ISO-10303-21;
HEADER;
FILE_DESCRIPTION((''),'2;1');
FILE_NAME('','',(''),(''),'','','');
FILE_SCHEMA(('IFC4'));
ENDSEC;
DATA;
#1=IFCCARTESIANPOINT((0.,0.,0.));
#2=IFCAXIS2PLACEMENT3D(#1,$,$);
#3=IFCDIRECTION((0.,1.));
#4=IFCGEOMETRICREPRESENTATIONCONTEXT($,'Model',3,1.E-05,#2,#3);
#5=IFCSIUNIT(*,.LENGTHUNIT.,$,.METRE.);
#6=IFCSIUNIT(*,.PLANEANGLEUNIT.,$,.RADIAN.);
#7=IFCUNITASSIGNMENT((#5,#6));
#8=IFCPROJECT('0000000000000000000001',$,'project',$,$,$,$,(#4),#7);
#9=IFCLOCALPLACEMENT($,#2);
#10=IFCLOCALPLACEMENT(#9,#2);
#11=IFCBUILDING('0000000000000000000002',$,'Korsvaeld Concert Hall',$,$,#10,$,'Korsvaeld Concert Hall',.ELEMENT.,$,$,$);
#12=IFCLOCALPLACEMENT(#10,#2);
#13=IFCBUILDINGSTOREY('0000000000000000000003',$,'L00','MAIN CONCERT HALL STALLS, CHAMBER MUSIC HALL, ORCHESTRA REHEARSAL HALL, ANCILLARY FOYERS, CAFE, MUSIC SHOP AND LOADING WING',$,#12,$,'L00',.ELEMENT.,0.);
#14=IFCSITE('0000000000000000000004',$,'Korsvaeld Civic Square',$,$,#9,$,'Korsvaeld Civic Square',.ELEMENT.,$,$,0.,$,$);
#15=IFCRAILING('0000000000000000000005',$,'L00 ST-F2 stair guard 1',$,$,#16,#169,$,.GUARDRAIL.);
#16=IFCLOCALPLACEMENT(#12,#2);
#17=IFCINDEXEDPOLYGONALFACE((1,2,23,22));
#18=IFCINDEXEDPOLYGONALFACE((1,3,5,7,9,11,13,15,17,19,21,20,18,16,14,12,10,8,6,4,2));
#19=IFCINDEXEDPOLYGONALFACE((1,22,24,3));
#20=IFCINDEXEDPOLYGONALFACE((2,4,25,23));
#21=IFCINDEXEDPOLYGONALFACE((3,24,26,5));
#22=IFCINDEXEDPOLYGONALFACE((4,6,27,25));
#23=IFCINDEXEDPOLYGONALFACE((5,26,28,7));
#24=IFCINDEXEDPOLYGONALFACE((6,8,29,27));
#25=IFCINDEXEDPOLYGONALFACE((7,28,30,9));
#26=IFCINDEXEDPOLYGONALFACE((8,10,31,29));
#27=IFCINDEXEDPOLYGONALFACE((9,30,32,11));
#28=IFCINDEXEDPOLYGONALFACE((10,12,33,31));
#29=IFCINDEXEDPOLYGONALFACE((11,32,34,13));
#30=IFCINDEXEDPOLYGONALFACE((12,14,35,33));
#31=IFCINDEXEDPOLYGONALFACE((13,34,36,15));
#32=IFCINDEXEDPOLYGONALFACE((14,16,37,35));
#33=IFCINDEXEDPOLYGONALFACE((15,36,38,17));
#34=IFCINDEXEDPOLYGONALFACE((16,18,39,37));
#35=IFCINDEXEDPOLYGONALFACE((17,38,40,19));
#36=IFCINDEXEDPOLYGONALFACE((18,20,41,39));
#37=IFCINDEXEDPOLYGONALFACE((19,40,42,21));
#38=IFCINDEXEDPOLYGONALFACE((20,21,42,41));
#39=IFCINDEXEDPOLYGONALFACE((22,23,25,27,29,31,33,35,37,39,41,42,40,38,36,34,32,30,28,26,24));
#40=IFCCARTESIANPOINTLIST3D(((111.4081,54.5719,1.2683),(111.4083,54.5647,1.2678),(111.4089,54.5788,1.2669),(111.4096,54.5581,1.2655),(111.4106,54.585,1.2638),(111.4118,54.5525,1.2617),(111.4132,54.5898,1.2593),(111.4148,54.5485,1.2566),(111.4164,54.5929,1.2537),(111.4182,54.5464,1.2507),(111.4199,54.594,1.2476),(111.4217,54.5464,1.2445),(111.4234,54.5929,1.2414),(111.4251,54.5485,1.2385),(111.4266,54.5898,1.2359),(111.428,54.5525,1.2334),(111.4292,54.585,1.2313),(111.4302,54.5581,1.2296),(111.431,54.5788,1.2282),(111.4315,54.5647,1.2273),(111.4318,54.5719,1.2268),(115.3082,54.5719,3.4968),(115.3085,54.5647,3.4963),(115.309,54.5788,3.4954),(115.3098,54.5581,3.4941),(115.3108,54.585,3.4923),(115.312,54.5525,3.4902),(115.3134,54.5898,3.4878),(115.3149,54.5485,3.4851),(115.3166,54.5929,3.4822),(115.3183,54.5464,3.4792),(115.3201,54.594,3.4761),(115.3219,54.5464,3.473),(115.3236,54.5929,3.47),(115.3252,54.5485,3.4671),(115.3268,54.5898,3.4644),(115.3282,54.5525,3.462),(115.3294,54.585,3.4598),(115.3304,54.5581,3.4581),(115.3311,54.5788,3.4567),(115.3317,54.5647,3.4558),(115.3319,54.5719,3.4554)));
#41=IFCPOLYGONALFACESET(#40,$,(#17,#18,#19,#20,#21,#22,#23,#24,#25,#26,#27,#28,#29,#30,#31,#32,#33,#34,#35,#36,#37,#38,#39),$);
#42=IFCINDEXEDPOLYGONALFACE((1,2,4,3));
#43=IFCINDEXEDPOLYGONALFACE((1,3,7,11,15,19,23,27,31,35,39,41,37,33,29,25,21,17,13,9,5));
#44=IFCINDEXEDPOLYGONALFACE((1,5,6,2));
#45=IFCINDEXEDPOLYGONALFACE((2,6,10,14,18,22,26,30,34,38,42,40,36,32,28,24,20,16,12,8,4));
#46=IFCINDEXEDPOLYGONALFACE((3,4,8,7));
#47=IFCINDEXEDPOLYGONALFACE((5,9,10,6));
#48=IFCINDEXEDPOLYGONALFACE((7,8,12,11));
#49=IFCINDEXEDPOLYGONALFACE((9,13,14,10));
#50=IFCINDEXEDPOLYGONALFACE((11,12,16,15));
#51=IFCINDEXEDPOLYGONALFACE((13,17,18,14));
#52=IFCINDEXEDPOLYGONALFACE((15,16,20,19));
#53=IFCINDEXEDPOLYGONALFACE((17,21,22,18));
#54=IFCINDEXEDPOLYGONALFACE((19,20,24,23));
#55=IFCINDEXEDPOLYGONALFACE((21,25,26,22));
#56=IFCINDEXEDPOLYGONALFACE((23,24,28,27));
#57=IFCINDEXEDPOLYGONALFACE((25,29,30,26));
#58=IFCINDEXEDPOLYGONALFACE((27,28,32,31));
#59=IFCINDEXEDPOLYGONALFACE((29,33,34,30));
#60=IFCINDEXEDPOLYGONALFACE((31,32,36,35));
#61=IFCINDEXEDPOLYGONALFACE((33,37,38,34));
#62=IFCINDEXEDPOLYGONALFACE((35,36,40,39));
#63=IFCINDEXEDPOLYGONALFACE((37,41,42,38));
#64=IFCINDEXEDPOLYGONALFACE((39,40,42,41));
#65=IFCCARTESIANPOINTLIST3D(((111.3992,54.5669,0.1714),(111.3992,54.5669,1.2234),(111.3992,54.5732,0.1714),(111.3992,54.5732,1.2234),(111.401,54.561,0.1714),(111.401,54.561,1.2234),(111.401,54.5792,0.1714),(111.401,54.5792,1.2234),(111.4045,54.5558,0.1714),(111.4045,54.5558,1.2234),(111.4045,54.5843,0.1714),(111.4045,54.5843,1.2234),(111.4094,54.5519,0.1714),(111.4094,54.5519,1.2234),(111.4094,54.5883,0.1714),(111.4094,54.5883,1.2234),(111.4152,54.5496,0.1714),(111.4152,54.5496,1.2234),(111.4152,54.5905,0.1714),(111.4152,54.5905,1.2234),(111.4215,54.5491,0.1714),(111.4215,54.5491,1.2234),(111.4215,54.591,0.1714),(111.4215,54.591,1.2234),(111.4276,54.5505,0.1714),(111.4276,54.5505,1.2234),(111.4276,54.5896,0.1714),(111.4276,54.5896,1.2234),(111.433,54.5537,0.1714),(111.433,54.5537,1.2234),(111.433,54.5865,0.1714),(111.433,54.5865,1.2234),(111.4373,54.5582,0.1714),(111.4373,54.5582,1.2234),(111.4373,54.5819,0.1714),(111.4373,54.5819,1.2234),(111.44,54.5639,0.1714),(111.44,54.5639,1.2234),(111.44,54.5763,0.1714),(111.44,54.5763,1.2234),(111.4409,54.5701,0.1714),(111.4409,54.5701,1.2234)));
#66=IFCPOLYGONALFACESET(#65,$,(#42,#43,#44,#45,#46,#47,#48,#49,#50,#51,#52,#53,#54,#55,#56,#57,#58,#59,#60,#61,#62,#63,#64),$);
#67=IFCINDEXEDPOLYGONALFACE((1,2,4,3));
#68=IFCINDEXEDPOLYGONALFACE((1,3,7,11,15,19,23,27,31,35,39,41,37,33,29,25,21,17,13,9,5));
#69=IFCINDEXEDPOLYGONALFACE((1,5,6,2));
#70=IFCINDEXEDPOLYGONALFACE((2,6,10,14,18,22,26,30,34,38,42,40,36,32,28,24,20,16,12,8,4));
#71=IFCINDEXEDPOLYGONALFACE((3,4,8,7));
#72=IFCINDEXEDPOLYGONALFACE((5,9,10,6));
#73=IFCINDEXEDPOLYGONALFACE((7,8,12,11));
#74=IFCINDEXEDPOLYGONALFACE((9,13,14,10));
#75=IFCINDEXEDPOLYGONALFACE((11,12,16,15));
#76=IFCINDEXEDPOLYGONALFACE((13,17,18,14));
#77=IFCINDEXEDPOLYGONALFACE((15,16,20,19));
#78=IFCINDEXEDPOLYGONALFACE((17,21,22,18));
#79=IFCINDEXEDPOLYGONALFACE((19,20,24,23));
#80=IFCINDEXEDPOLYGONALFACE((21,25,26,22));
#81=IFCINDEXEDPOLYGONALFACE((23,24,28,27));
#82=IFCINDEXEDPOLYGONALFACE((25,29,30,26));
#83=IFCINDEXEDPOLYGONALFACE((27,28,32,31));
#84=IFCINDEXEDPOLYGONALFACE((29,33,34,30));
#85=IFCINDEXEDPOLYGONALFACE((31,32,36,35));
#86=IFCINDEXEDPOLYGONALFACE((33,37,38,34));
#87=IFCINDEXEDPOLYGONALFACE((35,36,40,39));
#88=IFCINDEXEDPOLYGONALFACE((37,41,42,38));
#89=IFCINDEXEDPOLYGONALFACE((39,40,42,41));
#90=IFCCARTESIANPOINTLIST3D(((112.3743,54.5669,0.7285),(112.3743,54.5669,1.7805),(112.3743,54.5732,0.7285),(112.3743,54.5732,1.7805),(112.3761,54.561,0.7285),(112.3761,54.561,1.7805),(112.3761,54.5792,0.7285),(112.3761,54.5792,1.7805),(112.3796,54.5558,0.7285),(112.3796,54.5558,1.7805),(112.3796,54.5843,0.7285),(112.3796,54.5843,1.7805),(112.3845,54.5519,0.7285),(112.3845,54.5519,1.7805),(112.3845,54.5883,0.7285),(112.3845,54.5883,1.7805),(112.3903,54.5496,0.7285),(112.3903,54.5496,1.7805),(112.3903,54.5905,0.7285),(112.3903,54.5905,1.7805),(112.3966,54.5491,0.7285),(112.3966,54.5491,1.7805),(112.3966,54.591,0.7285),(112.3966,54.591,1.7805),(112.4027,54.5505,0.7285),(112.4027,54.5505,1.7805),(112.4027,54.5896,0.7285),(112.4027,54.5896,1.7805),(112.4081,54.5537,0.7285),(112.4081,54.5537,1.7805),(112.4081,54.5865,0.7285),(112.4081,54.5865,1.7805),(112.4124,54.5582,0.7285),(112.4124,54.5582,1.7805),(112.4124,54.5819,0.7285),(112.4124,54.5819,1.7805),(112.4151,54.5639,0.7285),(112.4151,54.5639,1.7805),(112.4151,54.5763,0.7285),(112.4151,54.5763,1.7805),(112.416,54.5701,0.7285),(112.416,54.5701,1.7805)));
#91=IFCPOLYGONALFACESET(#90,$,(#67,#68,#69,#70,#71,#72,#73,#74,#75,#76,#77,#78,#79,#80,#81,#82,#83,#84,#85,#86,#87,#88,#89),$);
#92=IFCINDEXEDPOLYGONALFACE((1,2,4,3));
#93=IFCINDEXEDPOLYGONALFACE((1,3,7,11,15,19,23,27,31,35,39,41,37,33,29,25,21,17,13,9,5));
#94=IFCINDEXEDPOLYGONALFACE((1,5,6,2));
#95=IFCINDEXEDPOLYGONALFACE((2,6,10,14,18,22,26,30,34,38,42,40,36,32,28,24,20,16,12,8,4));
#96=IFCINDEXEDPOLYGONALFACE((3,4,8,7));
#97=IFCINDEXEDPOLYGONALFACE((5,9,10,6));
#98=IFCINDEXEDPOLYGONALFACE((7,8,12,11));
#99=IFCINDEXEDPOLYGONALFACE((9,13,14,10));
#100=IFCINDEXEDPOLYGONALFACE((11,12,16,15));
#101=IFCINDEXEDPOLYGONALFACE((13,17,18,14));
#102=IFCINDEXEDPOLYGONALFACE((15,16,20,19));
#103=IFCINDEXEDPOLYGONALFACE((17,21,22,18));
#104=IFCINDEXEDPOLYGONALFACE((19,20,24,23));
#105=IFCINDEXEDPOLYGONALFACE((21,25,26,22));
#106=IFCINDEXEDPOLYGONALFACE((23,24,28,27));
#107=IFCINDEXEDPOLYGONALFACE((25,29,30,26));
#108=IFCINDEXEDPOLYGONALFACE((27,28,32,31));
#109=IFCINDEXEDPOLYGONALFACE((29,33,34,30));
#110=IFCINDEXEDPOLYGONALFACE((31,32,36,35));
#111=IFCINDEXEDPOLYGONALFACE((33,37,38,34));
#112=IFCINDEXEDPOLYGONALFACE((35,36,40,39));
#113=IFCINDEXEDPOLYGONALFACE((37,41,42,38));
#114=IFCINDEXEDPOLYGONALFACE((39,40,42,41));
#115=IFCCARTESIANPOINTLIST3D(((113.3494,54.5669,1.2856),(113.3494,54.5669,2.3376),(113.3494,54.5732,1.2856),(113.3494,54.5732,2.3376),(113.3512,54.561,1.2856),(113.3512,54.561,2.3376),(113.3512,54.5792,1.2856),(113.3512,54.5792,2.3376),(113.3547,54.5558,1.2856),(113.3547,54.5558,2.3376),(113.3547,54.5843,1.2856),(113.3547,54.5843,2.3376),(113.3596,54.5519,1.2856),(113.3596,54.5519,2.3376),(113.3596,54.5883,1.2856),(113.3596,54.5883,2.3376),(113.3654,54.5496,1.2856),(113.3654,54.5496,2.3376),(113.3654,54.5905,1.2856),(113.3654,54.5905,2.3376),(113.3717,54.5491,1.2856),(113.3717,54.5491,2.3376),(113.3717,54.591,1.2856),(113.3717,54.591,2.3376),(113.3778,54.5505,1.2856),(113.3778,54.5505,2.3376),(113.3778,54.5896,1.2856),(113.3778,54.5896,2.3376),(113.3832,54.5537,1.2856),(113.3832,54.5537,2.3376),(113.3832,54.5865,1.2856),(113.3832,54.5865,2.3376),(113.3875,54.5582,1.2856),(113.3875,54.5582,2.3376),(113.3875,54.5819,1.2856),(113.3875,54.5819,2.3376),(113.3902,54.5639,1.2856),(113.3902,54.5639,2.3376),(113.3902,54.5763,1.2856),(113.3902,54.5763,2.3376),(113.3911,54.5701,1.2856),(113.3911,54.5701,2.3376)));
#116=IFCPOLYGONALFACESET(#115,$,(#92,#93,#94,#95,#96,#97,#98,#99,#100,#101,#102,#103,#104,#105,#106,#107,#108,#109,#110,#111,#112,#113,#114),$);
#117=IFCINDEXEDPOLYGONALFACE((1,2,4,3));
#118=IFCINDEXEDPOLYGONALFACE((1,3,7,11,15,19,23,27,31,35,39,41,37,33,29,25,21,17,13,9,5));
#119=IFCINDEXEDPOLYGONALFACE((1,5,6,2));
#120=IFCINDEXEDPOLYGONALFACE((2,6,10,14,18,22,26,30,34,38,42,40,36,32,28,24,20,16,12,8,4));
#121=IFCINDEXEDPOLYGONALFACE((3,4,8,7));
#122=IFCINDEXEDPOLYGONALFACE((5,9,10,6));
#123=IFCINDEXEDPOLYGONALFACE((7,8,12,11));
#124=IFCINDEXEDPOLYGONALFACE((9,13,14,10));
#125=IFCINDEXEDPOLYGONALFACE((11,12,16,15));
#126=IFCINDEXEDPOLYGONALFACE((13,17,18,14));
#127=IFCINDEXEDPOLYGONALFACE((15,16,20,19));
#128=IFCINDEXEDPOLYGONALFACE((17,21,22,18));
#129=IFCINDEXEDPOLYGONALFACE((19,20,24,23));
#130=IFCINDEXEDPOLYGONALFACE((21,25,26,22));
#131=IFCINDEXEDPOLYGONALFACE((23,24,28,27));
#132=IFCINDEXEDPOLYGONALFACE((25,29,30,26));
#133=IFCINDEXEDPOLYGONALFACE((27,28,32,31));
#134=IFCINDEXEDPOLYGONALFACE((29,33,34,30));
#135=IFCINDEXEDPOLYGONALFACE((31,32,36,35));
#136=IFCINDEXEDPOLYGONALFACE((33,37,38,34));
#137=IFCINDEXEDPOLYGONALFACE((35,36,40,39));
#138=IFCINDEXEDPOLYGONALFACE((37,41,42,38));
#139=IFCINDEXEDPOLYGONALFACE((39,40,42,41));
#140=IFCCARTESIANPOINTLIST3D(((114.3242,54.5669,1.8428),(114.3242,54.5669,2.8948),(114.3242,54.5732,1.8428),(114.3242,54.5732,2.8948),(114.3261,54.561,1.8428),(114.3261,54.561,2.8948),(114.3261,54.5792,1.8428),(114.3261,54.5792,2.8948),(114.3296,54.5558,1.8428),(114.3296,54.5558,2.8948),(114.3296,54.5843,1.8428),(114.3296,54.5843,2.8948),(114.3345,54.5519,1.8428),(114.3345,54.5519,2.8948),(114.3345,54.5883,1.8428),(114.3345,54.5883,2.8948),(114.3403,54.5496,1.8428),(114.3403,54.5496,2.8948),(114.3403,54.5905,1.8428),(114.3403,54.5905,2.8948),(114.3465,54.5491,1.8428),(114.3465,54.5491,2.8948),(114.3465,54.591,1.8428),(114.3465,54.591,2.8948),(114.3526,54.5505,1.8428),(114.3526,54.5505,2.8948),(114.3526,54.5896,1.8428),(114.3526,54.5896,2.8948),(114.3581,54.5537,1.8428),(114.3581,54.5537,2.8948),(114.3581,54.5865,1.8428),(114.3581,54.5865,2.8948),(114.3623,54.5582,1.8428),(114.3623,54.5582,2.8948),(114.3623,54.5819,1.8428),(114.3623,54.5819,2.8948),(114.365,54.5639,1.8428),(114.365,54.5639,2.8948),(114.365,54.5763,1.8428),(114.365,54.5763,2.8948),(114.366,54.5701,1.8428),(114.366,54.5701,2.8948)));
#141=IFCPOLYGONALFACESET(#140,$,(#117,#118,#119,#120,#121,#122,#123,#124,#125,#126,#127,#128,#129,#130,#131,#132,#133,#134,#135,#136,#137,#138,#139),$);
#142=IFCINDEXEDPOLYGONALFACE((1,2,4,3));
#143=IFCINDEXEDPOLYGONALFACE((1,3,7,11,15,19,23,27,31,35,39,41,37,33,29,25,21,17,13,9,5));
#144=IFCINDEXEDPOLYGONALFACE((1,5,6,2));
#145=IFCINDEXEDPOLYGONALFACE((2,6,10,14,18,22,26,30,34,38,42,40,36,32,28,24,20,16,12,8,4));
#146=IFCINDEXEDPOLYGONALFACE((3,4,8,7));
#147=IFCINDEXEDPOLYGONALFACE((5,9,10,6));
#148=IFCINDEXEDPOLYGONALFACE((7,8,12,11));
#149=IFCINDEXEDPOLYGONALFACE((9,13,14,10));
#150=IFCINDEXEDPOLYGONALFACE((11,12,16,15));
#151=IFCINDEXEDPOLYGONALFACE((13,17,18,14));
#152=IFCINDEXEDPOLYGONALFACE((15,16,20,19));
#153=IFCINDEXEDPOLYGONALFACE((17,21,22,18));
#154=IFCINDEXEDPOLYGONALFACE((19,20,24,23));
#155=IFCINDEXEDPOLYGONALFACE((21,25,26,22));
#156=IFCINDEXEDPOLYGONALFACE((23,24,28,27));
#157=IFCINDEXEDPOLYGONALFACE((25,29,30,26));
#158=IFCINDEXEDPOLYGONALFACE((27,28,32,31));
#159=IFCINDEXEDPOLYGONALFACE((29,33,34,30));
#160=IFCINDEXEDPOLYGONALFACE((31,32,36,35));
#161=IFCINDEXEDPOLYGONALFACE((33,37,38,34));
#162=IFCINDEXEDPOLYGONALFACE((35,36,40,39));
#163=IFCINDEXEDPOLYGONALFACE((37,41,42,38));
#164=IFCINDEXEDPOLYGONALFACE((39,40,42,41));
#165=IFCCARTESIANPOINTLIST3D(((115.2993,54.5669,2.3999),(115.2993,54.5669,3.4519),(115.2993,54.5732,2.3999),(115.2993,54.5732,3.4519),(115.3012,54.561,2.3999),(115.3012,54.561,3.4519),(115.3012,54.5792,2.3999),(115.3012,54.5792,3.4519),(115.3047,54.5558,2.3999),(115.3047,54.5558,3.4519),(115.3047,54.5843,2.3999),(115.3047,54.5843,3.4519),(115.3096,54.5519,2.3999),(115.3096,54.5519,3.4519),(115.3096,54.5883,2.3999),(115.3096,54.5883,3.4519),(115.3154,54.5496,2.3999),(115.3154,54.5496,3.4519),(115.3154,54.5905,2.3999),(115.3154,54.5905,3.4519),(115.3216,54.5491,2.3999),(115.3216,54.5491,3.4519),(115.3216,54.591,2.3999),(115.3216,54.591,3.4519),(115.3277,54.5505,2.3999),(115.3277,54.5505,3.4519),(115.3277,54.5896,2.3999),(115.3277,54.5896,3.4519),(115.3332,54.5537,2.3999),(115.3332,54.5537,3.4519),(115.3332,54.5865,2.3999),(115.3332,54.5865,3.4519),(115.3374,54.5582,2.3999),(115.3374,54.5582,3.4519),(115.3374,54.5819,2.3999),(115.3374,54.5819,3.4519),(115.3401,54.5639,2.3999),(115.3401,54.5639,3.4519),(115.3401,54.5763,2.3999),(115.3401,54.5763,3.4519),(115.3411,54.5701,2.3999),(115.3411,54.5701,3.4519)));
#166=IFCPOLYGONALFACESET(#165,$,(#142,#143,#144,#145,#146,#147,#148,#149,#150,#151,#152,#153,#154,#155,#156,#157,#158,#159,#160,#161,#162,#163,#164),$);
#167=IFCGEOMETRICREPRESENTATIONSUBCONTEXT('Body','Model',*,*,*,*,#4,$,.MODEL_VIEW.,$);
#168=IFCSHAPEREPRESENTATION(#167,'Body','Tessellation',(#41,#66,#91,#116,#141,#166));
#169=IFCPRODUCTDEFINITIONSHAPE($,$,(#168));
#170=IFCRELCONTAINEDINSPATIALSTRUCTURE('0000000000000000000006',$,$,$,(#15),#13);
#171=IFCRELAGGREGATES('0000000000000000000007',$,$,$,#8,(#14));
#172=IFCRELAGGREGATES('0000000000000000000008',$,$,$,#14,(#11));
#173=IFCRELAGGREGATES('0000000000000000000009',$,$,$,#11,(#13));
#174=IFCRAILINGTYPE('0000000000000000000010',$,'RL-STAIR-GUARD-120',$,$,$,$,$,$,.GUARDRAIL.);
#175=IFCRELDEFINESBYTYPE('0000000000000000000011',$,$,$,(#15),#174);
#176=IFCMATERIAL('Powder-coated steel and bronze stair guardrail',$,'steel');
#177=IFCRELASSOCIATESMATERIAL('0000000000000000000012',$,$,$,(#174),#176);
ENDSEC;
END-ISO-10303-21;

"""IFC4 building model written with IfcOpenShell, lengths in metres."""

from ifc_helpers import new_model, si_unit, direction, frame, origin, origin_2d, place, context, subcontext, project, spatial, circle, extrude, material, type_object, element, save


model = new_model("IFC4")

# Units and contexts
model_context = context("Model", 3, precision=1e-05, world=origin(), true_north=direction((0.0, 1.0)))
body_context = subcontext(model_context, "Body", "Model", "MODEL_VIEW")
ifc_project = project(units=[si_unit("LENGTHUNIT", "METRE"), si_unit("PLANEANGLEUNIT", "RADIAN")], contexts=[model_context])

# Site, building, storey
site_placement = place(None, origin())
site = spatial("IfcSite", under=ifc_project, at=site_placement, Name="Korsvaeld Civic Square", LongName="Korsvaeld Civic Square", CompositionType="ELEMENT", RefElevation=0.0)
building_placement = place(site_placement, origin())
building = spatial("IfcBuilding", under=site, at=building_placement, Name="Korsvaeld Concert Hall", LongName="Korsvaeld Concert Hall", CompositionType="ELEMENT")
storey_placement = place(building_placement, origin())
storey = spatial("IfcBuildingStorey", under=building, at=storey_placement, Name="L00", Description="MAIN CONCERT HALL STALLS, CHAMBER MUSIC HALL, ORCHESTRA REHEARSAL HALL, ANCILLARY FOYERS, CAFE, MUSIC SHOP AND LOADING WING", LongName="L00", CompositionType="ELEMENT", Elevation=0.0)

# Railing
ifc_material_1 = material(Name="Powder-coated steel and bronze stair guardrail", Category="steel")
railing_type_1 = type_object("IfcRailingType", Name="RL-STAIR-GUARD-120", PredefinedType="GUARDRAIL", material=ifc_material_1)
railing_1_placement = place(storey_placement, frame((111.4199, 54.5701, 0.1714)))
element("IfcRailing", 1, at=railing_1_placement, inside=storey, type_object=railing_type_1, Name="L00 ST-F2 stair guard 1", PredefinedType="GUARDRAIL", context=body_context, shape_type="SweptSolid", body=[
    extrude(circle(Radius=0.0239, at=origin_2d()), frame((0.0, 0.0, 1.0762), z_axis=(0.868257, 0.0, 0.496116), x_axis=(0.0, 1.0, 0.0)), (0.0, 0.0, 1.0), 4.4919),
    extrude(circle(Radius=0.021, at=origin_2d()), origin(), (0.0, 0.0, 1.0), 1.052),
    extrude(circle(Radius=0.021, at=origin_2d()), frame((0.9751, 0.0, 0.5571)), (0.0, 0.0, 1.0), 1.052),
    extrude(circle(Radius=0.021, at=origin_2d()), frame((1.9502, 0.0, 1.1143)), (0.0, 0.0, 1.0), 1.052),
    extrude(circle(Radius=0.021, at=origin_2d()), frame((2.925, 0.0, 1.6714)), (0.0, 0.0, 1.0), 1.052),
    extrude(circle(Radius=0.021, at=origin_2d()), frame((3.9001, 0.0, 2.2285)), (0.0, 0.0, 1.0), 1.052),
])

save(model, "model.ifc")
